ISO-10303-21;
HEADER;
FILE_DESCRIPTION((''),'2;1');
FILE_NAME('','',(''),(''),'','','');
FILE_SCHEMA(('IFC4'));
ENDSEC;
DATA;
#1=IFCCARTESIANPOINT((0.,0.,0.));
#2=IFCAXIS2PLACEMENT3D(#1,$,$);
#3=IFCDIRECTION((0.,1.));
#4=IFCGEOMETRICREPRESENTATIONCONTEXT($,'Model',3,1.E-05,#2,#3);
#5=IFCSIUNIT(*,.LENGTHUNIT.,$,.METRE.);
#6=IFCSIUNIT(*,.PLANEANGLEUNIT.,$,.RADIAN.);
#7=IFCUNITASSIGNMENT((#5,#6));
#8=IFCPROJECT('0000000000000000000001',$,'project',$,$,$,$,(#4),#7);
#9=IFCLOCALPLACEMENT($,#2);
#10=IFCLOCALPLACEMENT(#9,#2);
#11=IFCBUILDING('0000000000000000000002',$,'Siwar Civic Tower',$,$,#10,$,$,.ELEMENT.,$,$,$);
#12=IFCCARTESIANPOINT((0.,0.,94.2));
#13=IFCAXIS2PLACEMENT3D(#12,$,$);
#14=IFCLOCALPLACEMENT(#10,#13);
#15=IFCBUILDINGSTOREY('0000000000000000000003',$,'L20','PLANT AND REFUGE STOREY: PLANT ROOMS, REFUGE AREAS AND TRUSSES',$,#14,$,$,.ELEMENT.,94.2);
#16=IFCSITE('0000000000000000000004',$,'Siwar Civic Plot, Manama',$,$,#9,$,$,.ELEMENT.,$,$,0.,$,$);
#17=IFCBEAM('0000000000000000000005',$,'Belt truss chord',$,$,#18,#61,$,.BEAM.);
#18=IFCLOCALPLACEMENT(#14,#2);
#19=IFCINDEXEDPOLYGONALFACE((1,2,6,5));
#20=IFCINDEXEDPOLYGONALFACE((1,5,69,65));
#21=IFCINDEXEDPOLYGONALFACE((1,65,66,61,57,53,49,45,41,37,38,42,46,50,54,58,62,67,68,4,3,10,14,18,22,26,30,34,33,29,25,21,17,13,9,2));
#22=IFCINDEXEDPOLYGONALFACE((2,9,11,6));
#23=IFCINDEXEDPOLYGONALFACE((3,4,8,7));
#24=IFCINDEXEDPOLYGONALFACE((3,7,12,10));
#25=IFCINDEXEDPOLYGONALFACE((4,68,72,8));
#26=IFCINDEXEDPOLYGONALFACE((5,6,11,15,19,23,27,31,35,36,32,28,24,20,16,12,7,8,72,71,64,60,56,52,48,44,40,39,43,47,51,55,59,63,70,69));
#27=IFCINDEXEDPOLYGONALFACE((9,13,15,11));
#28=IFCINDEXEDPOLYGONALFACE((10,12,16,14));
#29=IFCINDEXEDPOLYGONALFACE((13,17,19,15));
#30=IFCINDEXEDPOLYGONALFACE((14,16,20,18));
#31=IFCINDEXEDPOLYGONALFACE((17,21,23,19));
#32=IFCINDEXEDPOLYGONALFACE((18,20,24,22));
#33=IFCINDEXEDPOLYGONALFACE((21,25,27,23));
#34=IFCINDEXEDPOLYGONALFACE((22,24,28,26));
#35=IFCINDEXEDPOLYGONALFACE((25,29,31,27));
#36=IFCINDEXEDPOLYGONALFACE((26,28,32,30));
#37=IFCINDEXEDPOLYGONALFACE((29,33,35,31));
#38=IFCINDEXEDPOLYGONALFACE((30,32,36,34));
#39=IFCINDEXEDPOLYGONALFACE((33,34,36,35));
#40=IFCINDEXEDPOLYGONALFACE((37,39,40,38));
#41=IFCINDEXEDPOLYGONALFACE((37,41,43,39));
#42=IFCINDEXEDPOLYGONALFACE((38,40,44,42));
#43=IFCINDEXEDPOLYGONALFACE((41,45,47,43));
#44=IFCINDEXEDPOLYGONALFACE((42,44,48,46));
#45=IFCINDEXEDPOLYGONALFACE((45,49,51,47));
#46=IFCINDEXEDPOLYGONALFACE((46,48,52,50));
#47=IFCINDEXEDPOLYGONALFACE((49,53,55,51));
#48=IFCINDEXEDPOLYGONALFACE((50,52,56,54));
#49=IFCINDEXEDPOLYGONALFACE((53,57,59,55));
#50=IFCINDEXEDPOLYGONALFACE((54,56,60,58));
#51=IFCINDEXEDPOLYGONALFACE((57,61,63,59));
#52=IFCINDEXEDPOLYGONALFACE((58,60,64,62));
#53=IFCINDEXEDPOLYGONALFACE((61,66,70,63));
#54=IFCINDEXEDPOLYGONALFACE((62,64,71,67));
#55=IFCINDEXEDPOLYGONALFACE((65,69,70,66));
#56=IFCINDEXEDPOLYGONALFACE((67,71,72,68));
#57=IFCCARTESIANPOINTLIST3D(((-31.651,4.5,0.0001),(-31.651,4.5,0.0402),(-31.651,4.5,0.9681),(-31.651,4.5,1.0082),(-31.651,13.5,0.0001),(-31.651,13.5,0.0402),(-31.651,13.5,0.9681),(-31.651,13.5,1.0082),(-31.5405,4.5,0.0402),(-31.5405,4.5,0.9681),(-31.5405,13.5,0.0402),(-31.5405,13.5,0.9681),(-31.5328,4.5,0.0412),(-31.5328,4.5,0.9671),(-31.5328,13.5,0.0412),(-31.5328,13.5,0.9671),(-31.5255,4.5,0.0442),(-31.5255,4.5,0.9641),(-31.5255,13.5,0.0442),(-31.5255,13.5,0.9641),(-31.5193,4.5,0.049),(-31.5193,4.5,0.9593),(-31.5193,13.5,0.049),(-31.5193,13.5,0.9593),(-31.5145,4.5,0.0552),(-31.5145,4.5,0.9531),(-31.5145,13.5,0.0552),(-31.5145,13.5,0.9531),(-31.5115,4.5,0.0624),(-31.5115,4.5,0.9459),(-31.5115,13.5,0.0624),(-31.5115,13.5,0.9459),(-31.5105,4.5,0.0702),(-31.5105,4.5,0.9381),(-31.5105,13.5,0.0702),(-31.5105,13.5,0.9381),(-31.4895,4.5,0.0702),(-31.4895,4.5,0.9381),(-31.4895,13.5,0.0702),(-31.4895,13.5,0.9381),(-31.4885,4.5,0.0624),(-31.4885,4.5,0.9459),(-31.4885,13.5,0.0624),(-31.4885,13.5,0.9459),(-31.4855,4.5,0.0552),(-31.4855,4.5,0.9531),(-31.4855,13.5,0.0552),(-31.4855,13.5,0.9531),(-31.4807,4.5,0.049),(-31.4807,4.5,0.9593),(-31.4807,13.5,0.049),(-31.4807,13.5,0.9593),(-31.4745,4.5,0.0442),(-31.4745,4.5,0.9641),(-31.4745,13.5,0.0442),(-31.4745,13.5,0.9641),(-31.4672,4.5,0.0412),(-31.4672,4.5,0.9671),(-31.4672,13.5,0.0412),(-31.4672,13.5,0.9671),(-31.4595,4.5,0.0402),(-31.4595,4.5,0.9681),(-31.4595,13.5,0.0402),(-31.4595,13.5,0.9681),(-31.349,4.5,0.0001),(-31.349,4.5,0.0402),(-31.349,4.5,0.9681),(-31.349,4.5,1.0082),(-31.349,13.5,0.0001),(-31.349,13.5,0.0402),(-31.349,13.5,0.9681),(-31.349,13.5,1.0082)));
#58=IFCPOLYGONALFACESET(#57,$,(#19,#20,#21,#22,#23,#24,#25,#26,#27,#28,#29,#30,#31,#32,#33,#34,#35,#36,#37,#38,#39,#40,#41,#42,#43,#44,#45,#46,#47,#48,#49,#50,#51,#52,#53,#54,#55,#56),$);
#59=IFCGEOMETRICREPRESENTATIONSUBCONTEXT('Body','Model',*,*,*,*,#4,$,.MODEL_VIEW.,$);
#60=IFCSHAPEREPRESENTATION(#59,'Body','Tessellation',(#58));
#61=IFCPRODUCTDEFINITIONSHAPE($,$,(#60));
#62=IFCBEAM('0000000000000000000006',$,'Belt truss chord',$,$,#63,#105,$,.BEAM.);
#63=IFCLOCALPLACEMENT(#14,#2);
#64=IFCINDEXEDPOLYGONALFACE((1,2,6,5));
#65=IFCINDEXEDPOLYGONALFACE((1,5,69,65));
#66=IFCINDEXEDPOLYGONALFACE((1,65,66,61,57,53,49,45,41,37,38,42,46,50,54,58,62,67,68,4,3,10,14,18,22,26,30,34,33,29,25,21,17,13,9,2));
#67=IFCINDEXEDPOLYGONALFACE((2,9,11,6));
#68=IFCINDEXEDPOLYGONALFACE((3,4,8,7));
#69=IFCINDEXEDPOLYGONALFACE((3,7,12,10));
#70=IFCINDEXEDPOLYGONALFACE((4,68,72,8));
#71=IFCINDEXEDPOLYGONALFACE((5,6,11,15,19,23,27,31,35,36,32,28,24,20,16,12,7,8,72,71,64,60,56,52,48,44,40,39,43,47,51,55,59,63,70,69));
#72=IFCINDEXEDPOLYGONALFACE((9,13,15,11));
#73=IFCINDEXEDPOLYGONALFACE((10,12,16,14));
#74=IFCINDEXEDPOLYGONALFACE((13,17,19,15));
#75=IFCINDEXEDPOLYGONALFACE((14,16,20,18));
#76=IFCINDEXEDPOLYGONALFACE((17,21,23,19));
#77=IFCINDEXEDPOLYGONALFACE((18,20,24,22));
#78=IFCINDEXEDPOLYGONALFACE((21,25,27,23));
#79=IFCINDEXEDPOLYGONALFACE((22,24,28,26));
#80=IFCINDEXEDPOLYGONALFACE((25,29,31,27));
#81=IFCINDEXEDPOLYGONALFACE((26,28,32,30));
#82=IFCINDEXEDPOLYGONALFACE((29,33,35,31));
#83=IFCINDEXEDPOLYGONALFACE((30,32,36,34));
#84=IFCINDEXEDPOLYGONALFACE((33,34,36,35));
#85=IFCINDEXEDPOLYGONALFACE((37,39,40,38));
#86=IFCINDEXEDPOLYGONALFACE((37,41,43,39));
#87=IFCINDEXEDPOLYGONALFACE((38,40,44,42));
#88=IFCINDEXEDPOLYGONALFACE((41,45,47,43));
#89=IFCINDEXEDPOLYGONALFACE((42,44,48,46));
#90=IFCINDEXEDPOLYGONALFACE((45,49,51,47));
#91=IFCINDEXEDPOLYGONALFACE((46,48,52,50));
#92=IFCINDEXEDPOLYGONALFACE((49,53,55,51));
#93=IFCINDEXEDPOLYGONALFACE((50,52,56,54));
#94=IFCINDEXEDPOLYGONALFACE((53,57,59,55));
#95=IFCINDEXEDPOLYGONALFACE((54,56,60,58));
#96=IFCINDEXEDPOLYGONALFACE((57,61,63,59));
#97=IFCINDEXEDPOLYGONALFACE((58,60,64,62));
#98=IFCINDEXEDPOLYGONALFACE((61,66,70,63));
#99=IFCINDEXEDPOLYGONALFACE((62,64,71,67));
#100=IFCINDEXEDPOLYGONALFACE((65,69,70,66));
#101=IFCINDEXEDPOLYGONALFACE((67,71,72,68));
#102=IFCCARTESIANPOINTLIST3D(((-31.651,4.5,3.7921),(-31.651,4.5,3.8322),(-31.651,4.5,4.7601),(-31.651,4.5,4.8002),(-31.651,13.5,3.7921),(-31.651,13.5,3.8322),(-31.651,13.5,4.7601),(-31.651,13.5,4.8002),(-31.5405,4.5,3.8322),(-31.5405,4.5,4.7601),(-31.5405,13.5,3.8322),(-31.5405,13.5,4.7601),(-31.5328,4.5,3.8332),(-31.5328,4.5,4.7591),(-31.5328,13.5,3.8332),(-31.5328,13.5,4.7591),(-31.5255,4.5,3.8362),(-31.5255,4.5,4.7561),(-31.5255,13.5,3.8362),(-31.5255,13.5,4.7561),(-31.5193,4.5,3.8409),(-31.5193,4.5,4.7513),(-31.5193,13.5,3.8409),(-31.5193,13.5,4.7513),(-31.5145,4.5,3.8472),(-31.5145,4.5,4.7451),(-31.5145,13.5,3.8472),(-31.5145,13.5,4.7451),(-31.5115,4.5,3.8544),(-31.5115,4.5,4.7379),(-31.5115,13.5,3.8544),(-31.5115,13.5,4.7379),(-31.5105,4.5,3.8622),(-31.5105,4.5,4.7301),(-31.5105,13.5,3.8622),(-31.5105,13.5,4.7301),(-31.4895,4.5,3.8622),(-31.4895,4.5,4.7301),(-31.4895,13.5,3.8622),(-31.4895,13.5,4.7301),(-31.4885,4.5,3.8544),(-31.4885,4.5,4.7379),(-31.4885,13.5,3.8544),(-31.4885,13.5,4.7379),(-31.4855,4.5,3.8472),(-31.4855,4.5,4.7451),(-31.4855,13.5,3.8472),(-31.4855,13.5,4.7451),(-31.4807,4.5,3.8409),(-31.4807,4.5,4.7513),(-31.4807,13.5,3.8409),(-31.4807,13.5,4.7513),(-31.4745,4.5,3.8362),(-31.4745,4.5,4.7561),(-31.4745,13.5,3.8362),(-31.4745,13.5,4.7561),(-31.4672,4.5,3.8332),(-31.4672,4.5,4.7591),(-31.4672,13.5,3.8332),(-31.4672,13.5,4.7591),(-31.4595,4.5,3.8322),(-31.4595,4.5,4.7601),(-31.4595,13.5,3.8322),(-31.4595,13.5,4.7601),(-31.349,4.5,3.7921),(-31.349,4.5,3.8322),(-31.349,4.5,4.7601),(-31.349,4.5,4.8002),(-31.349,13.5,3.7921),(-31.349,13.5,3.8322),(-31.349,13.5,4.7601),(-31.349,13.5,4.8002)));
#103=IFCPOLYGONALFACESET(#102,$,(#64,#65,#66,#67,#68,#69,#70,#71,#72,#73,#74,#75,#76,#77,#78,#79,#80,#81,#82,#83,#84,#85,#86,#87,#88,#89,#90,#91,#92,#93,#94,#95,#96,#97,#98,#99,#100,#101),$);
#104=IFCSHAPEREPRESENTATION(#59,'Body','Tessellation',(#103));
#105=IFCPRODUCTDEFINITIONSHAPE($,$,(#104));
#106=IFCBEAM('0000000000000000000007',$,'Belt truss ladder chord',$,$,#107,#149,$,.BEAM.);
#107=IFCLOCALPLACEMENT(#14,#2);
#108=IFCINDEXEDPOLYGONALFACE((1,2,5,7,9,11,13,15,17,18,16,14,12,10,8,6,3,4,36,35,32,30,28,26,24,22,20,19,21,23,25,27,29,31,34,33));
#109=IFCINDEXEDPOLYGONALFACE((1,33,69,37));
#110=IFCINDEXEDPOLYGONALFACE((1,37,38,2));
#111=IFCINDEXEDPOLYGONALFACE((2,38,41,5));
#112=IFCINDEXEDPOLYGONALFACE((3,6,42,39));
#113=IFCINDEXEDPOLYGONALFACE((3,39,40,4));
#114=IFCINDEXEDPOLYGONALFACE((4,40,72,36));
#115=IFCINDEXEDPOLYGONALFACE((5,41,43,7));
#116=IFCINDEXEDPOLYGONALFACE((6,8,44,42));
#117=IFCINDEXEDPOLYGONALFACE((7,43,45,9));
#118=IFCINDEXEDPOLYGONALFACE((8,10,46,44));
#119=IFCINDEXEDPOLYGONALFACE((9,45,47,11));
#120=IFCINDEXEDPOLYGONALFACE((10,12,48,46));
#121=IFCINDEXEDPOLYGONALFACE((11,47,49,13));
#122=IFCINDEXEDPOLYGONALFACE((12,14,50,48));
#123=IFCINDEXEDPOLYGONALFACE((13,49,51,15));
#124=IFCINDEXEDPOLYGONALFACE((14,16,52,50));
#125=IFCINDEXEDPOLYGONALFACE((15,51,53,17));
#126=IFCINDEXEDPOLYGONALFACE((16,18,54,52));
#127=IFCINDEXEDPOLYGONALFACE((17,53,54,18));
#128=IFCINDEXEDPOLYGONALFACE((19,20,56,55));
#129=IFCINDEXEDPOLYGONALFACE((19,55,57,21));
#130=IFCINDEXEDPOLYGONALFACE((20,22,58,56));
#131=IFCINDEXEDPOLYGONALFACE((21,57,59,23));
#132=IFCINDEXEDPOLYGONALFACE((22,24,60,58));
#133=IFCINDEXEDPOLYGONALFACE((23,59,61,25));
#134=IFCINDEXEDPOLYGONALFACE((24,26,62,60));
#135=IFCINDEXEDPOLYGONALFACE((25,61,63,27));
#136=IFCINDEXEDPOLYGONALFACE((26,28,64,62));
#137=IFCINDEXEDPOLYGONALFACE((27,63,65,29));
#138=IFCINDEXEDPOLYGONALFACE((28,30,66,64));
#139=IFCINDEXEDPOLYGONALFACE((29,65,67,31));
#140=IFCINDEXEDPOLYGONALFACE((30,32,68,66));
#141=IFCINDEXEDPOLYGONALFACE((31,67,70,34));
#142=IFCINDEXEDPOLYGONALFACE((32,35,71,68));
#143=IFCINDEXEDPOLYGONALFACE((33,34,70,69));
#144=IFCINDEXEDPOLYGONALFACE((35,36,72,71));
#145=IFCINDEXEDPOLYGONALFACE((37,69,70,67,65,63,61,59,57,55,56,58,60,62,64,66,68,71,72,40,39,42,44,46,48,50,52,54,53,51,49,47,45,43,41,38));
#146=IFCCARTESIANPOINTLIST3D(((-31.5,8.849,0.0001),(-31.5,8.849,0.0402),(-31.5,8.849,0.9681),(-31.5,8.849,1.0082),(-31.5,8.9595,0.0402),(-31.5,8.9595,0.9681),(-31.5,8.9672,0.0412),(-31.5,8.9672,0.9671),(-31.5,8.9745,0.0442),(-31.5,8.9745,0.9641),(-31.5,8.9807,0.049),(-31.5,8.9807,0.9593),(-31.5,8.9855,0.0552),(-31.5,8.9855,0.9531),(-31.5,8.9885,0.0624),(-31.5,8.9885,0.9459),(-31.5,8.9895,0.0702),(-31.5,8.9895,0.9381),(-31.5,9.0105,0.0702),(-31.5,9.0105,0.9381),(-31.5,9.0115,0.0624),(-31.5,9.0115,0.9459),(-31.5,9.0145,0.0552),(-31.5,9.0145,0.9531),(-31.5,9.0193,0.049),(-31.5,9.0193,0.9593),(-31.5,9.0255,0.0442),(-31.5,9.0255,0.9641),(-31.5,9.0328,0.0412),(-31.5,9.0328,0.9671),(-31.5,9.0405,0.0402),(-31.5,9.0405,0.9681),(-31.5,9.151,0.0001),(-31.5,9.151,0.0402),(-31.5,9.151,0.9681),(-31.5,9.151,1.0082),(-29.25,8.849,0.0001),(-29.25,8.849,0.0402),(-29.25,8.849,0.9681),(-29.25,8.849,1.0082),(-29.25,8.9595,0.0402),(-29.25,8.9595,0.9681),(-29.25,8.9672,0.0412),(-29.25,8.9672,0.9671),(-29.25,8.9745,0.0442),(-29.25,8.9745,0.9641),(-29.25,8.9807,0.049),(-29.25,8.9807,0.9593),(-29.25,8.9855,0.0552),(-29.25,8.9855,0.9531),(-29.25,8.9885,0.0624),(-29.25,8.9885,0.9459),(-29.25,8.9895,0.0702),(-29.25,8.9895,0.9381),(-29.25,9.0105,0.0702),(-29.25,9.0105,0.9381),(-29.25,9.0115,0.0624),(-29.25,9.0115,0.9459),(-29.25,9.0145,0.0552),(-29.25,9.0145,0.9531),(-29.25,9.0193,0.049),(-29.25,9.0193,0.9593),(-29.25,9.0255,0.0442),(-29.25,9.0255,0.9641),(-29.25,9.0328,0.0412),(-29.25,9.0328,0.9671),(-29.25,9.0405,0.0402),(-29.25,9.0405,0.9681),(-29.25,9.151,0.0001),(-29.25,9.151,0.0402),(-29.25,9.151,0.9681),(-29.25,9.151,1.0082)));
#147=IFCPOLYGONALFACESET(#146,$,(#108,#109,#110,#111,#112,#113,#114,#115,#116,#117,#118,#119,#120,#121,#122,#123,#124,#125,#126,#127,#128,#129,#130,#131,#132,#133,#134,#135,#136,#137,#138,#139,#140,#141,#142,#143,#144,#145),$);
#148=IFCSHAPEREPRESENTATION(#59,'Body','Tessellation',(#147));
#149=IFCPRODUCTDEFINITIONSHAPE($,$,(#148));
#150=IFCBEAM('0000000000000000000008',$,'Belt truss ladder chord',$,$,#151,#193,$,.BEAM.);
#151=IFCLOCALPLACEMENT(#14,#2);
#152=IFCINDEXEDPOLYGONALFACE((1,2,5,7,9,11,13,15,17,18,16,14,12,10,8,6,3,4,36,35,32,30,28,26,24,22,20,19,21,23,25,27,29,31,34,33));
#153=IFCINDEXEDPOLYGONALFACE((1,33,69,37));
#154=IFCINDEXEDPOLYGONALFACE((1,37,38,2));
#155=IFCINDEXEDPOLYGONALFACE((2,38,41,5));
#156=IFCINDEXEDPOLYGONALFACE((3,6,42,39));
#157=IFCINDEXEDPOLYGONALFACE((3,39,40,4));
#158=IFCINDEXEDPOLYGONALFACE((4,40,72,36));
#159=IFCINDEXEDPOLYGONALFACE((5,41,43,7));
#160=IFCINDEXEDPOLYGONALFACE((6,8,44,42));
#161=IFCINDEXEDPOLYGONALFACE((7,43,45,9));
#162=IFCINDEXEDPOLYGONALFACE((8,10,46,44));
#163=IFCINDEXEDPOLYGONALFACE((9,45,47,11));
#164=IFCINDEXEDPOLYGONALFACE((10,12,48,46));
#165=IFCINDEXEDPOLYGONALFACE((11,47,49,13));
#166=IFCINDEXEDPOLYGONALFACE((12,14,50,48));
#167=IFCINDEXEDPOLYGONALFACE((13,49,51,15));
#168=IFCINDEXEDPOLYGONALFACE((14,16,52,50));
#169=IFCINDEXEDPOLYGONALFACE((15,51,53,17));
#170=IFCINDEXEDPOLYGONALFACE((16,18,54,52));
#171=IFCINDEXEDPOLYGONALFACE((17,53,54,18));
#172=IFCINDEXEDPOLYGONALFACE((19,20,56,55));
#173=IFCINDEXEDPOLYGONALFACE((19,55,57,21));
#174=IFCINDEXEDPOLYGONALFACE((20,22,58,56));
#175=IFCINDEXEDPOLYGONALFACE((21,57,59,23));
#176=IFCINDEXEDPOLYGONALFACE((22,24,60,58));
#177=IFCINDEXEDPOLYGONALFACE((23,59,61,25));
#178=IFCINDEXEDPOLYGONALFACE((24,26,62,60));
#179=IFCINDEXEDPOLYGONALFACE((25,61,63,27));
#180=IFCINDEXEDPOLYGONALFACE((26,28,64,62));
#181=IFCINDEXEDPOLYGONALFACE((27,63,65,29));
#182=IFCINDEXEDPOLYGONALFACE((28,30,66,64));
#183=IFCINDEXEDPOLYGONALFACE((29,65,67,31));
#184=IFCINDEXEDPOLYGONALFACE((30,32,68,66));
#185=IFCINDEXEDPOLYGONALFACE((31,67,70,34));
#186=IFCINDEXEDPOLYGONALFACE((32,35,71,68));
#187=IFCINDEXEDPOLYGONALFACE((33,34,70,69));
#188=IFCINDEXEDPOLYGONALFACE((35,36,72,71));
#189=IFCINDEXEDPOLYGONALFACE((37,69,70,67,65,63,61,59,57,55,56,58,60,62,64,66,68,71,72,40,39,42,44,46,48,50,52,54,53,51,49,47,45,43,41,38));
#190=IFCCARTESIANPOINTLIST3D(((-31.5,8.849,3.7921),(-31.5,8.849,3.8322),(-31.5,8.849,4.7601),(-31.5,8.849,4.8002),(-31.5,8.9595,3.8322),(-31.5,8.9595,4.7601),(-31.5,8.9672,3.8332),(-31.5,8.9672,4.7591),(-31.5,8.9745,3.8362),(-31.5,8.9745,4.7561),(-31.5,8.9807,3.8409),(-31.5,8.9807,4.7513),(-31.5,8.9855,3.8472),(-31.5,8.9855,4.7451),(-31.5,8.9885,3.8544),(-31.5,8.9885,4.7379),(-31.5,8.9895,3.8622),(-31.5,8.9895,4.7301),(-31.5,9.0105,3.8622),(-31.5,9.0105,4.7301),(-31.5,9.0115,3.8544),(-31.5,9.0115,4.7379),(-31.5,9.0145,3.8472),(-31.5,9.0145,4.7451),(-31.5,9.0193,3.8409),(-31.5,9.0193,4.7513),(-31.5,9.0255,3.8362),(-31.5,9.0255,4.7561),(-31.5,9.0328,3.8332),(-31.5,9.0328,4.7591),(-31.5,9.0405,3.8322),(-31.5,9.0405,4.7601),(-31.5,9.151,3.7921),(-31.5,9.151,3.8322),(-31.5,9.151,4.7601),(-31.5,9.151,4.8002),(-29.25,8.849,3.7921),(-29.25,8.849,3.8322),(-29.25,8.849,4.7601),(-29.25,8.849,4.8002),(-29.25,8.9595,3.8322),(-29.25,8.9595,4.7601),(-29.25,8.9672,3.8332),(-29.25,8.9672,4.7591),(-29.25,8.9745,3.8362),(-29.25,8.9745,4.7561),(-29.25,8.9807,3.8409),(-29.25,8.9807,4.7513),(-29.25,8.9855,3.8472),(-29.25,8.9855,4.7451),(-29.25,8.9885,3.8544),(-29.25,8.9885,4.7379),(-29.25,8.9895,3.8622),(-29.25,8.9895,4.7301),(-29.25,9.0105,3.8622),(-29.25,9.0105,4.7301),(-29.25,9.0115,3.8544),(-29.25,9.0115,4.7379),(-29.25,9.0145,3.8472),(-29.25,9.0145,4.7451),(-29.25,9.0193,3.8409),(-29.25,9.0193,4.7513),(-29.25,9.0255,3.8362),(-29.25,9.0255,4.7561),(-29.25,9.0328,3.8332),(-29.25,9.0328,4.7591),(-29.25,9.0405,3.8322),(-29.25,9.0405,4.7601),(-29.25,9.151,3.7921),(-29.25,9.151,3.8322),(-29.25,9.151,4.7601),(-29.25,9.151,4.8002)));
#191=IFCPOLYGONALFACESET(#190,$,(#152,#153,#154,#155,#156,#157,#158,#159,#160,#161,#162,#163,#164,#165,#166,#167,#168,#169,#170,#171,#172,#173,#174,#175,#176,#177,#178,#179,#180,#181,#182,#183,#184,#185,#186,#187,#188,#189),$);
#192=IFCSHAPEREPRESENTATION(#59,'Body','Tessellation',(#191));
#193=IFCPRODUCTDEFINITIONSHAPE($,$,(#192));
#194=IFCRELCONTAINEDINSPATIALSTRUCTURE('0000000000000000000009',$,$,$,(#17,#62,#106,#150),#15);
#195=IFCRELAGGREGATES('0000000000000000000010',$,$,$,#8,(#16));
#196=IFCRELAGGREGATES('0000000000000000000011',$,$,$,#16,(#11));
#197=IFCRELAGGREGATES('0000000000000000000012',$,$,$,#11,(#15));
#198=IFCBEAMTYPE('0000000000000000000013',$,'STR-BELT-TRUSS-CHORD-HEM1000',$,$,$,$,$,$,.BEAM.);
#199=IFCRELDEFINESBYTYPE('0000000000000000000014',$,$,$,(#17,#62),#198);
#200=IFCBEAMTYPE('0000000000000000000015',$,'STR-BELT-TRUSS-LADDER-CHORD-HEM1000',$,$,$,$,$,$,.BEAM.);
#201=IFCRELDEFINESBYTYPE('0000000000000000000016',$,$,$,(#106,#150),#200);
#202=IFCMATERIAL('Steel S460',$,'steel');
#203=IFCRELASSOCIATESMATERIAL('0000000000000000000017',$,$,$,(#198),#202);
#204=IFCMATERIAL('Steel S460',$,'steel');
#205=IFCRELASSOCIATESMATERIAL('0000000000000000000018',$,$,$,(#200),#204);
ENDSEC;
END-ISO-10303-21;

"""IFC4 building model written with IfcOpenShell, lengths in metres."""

from ifc_helpers import new_model, si_unit, direction, frame, origin, origin_2d, place, context, subcontext, project, spatial, i_section, extrude, material, material_profile, profile_set, type_object, element, save


model = new_model("IFC4")

# Units and contexts
model_context = context("Model", 3, precision=1e-05, world=origin(), true_north=direction((0.0, 1.0)))
body_context = subcontext(model_context, "Body", "Model", "MODEL_VIEW")
ifc_project = project(units=[si_unit("LENGTHUNIT", "METRE"), si_unit("PLANEANGLEUNIT", "RADIAN")], contexts=[model_context])

# Site, building, storey
site_placement = place(None, origin())
site = spatial("IfcSite", under=ifc_project, at=site_placement, Name="Siwar Civic Plot, Manama", CompositionType="ELEMENT", RefElevation=0.0)
building_placement = place(site_placement, origin())
building = spatial("IfcBuilding", under=site, at=building_placement, Name="Siwar Civic Tower", CompositionType="ELEMENT")
storey_placement = place(building_placement, frame((0.0, 0.0, 94.2)))
storey = spatial("IfcBuildingStorey", under=building, at=storey_placement, Name="L20", Description="PLANT AND REFUGE STOREY: PLANT ROOMS, REFUGE AREAS AND TRUSSES", CompositionType="ELEMENT", Elevation=94.2)

# Beams
ifc_material_1 = material(Name="Steel S460", Category="steel")
ifc_material_profile_1 = material_profile(ifc_material_1, i_section(OverallWidth=0.302, OverallDepth=1.0081, WebThickness=0.021, FlangeThickness=0.04, FilletRadius=0.03, at=origin_2d()), Name="HEM1000")
ifc_profile_set_1 = profile_set([ifc_material_profile_1], Name="Steel S460")
beam_type_1 = type_object("IfcBeamType", Name="STR-BELT-TRUSS-CHORD-HEM1000", PredefinedType="BEAM", material=ifc_profile_set_1)
for number, where, z_axis, x_axis, name in (
    (1, (-31.5, 13.5, 0.5042), (0.0, -1.0, 0.0), (1.0, 0.0, 0.0), "Belt truss chord"),
    (2, (-31.5, 13.5, 4.2961), (0.0, -1.0, 0.0), (1.0, 0.0, 0.0), "Belt truss chord"),
):
    element("IfcBeam", number, at=place(storey_placement, frame(where, z_axis=z_axis, x_axis=x_axis)), inside=storey, type_object=beam_type_1, Name=name, PredefinedType="BEAM", context=body_context, shape_type="SweptSolid", body=[
        extrude(i_section(OverallWidth=0.302, OverallDepth=1.0081, WebThickness=0.021, FlangeThickness=0.04, FilletRadius=0.03, at=origin_2d()), origin(), (0.0, 0.0, 1.0), 9.0),
    ])
ifc_material_2 = material(Name="Steel S460", Category="steel")
ifc_material_profile_2 = material_profile(ifc_material_2, i_section(OverallWidth=0.302, OverallDepth=1.0081, WebThickness=0.021, FlangeThickness=0.04, FilletRadius=0.03, at=origin_2d()), Name="HEM1000")
ifc_profile_set_2 = profile_set([ifc_material_profile_2], Name="Steel S460")
beam_type_2 = type_object("IfcBeamType", Name="STR-BELT-TRUSS-LADDER-CHORD-HEM1000", PredefinedType="BEAM", material=ifc_profile_set_2)
for number, where, z_axis, x_axis, name in (
    (3, (-29.25, 9.0, 0.5042), (-1.0, 0.0, 0.0), (0.0, -1.0, 0.0), "Belt truss ladder chord"),
    (4, (-29.25, 9.0, 4.2961), (-1.0, 0.0, 0.0), (0.0, -1.0, 0.0), "Belt truss ladder chord"),
):
    element("IfcBeam", number, at=place(storey_placement, frame(where, z_axis=z_axis, x_axis=x_axis)), inside=storey, type_object=beam_type_2, Name=name, PredefinedType="BEAM", context=body_context, shape_type="SweptSolid", body=[
        extrude(i_section(OverallWidth=0.302, OverallDepth=1.0081, WebThickness=0.021, FlangeThickness=0.04, FilletRadius=0.03, at=origin_2d()), origin(), (0.0, 0.0, 1.0), 2.25),
    ])

save(model, "model.ifc")
